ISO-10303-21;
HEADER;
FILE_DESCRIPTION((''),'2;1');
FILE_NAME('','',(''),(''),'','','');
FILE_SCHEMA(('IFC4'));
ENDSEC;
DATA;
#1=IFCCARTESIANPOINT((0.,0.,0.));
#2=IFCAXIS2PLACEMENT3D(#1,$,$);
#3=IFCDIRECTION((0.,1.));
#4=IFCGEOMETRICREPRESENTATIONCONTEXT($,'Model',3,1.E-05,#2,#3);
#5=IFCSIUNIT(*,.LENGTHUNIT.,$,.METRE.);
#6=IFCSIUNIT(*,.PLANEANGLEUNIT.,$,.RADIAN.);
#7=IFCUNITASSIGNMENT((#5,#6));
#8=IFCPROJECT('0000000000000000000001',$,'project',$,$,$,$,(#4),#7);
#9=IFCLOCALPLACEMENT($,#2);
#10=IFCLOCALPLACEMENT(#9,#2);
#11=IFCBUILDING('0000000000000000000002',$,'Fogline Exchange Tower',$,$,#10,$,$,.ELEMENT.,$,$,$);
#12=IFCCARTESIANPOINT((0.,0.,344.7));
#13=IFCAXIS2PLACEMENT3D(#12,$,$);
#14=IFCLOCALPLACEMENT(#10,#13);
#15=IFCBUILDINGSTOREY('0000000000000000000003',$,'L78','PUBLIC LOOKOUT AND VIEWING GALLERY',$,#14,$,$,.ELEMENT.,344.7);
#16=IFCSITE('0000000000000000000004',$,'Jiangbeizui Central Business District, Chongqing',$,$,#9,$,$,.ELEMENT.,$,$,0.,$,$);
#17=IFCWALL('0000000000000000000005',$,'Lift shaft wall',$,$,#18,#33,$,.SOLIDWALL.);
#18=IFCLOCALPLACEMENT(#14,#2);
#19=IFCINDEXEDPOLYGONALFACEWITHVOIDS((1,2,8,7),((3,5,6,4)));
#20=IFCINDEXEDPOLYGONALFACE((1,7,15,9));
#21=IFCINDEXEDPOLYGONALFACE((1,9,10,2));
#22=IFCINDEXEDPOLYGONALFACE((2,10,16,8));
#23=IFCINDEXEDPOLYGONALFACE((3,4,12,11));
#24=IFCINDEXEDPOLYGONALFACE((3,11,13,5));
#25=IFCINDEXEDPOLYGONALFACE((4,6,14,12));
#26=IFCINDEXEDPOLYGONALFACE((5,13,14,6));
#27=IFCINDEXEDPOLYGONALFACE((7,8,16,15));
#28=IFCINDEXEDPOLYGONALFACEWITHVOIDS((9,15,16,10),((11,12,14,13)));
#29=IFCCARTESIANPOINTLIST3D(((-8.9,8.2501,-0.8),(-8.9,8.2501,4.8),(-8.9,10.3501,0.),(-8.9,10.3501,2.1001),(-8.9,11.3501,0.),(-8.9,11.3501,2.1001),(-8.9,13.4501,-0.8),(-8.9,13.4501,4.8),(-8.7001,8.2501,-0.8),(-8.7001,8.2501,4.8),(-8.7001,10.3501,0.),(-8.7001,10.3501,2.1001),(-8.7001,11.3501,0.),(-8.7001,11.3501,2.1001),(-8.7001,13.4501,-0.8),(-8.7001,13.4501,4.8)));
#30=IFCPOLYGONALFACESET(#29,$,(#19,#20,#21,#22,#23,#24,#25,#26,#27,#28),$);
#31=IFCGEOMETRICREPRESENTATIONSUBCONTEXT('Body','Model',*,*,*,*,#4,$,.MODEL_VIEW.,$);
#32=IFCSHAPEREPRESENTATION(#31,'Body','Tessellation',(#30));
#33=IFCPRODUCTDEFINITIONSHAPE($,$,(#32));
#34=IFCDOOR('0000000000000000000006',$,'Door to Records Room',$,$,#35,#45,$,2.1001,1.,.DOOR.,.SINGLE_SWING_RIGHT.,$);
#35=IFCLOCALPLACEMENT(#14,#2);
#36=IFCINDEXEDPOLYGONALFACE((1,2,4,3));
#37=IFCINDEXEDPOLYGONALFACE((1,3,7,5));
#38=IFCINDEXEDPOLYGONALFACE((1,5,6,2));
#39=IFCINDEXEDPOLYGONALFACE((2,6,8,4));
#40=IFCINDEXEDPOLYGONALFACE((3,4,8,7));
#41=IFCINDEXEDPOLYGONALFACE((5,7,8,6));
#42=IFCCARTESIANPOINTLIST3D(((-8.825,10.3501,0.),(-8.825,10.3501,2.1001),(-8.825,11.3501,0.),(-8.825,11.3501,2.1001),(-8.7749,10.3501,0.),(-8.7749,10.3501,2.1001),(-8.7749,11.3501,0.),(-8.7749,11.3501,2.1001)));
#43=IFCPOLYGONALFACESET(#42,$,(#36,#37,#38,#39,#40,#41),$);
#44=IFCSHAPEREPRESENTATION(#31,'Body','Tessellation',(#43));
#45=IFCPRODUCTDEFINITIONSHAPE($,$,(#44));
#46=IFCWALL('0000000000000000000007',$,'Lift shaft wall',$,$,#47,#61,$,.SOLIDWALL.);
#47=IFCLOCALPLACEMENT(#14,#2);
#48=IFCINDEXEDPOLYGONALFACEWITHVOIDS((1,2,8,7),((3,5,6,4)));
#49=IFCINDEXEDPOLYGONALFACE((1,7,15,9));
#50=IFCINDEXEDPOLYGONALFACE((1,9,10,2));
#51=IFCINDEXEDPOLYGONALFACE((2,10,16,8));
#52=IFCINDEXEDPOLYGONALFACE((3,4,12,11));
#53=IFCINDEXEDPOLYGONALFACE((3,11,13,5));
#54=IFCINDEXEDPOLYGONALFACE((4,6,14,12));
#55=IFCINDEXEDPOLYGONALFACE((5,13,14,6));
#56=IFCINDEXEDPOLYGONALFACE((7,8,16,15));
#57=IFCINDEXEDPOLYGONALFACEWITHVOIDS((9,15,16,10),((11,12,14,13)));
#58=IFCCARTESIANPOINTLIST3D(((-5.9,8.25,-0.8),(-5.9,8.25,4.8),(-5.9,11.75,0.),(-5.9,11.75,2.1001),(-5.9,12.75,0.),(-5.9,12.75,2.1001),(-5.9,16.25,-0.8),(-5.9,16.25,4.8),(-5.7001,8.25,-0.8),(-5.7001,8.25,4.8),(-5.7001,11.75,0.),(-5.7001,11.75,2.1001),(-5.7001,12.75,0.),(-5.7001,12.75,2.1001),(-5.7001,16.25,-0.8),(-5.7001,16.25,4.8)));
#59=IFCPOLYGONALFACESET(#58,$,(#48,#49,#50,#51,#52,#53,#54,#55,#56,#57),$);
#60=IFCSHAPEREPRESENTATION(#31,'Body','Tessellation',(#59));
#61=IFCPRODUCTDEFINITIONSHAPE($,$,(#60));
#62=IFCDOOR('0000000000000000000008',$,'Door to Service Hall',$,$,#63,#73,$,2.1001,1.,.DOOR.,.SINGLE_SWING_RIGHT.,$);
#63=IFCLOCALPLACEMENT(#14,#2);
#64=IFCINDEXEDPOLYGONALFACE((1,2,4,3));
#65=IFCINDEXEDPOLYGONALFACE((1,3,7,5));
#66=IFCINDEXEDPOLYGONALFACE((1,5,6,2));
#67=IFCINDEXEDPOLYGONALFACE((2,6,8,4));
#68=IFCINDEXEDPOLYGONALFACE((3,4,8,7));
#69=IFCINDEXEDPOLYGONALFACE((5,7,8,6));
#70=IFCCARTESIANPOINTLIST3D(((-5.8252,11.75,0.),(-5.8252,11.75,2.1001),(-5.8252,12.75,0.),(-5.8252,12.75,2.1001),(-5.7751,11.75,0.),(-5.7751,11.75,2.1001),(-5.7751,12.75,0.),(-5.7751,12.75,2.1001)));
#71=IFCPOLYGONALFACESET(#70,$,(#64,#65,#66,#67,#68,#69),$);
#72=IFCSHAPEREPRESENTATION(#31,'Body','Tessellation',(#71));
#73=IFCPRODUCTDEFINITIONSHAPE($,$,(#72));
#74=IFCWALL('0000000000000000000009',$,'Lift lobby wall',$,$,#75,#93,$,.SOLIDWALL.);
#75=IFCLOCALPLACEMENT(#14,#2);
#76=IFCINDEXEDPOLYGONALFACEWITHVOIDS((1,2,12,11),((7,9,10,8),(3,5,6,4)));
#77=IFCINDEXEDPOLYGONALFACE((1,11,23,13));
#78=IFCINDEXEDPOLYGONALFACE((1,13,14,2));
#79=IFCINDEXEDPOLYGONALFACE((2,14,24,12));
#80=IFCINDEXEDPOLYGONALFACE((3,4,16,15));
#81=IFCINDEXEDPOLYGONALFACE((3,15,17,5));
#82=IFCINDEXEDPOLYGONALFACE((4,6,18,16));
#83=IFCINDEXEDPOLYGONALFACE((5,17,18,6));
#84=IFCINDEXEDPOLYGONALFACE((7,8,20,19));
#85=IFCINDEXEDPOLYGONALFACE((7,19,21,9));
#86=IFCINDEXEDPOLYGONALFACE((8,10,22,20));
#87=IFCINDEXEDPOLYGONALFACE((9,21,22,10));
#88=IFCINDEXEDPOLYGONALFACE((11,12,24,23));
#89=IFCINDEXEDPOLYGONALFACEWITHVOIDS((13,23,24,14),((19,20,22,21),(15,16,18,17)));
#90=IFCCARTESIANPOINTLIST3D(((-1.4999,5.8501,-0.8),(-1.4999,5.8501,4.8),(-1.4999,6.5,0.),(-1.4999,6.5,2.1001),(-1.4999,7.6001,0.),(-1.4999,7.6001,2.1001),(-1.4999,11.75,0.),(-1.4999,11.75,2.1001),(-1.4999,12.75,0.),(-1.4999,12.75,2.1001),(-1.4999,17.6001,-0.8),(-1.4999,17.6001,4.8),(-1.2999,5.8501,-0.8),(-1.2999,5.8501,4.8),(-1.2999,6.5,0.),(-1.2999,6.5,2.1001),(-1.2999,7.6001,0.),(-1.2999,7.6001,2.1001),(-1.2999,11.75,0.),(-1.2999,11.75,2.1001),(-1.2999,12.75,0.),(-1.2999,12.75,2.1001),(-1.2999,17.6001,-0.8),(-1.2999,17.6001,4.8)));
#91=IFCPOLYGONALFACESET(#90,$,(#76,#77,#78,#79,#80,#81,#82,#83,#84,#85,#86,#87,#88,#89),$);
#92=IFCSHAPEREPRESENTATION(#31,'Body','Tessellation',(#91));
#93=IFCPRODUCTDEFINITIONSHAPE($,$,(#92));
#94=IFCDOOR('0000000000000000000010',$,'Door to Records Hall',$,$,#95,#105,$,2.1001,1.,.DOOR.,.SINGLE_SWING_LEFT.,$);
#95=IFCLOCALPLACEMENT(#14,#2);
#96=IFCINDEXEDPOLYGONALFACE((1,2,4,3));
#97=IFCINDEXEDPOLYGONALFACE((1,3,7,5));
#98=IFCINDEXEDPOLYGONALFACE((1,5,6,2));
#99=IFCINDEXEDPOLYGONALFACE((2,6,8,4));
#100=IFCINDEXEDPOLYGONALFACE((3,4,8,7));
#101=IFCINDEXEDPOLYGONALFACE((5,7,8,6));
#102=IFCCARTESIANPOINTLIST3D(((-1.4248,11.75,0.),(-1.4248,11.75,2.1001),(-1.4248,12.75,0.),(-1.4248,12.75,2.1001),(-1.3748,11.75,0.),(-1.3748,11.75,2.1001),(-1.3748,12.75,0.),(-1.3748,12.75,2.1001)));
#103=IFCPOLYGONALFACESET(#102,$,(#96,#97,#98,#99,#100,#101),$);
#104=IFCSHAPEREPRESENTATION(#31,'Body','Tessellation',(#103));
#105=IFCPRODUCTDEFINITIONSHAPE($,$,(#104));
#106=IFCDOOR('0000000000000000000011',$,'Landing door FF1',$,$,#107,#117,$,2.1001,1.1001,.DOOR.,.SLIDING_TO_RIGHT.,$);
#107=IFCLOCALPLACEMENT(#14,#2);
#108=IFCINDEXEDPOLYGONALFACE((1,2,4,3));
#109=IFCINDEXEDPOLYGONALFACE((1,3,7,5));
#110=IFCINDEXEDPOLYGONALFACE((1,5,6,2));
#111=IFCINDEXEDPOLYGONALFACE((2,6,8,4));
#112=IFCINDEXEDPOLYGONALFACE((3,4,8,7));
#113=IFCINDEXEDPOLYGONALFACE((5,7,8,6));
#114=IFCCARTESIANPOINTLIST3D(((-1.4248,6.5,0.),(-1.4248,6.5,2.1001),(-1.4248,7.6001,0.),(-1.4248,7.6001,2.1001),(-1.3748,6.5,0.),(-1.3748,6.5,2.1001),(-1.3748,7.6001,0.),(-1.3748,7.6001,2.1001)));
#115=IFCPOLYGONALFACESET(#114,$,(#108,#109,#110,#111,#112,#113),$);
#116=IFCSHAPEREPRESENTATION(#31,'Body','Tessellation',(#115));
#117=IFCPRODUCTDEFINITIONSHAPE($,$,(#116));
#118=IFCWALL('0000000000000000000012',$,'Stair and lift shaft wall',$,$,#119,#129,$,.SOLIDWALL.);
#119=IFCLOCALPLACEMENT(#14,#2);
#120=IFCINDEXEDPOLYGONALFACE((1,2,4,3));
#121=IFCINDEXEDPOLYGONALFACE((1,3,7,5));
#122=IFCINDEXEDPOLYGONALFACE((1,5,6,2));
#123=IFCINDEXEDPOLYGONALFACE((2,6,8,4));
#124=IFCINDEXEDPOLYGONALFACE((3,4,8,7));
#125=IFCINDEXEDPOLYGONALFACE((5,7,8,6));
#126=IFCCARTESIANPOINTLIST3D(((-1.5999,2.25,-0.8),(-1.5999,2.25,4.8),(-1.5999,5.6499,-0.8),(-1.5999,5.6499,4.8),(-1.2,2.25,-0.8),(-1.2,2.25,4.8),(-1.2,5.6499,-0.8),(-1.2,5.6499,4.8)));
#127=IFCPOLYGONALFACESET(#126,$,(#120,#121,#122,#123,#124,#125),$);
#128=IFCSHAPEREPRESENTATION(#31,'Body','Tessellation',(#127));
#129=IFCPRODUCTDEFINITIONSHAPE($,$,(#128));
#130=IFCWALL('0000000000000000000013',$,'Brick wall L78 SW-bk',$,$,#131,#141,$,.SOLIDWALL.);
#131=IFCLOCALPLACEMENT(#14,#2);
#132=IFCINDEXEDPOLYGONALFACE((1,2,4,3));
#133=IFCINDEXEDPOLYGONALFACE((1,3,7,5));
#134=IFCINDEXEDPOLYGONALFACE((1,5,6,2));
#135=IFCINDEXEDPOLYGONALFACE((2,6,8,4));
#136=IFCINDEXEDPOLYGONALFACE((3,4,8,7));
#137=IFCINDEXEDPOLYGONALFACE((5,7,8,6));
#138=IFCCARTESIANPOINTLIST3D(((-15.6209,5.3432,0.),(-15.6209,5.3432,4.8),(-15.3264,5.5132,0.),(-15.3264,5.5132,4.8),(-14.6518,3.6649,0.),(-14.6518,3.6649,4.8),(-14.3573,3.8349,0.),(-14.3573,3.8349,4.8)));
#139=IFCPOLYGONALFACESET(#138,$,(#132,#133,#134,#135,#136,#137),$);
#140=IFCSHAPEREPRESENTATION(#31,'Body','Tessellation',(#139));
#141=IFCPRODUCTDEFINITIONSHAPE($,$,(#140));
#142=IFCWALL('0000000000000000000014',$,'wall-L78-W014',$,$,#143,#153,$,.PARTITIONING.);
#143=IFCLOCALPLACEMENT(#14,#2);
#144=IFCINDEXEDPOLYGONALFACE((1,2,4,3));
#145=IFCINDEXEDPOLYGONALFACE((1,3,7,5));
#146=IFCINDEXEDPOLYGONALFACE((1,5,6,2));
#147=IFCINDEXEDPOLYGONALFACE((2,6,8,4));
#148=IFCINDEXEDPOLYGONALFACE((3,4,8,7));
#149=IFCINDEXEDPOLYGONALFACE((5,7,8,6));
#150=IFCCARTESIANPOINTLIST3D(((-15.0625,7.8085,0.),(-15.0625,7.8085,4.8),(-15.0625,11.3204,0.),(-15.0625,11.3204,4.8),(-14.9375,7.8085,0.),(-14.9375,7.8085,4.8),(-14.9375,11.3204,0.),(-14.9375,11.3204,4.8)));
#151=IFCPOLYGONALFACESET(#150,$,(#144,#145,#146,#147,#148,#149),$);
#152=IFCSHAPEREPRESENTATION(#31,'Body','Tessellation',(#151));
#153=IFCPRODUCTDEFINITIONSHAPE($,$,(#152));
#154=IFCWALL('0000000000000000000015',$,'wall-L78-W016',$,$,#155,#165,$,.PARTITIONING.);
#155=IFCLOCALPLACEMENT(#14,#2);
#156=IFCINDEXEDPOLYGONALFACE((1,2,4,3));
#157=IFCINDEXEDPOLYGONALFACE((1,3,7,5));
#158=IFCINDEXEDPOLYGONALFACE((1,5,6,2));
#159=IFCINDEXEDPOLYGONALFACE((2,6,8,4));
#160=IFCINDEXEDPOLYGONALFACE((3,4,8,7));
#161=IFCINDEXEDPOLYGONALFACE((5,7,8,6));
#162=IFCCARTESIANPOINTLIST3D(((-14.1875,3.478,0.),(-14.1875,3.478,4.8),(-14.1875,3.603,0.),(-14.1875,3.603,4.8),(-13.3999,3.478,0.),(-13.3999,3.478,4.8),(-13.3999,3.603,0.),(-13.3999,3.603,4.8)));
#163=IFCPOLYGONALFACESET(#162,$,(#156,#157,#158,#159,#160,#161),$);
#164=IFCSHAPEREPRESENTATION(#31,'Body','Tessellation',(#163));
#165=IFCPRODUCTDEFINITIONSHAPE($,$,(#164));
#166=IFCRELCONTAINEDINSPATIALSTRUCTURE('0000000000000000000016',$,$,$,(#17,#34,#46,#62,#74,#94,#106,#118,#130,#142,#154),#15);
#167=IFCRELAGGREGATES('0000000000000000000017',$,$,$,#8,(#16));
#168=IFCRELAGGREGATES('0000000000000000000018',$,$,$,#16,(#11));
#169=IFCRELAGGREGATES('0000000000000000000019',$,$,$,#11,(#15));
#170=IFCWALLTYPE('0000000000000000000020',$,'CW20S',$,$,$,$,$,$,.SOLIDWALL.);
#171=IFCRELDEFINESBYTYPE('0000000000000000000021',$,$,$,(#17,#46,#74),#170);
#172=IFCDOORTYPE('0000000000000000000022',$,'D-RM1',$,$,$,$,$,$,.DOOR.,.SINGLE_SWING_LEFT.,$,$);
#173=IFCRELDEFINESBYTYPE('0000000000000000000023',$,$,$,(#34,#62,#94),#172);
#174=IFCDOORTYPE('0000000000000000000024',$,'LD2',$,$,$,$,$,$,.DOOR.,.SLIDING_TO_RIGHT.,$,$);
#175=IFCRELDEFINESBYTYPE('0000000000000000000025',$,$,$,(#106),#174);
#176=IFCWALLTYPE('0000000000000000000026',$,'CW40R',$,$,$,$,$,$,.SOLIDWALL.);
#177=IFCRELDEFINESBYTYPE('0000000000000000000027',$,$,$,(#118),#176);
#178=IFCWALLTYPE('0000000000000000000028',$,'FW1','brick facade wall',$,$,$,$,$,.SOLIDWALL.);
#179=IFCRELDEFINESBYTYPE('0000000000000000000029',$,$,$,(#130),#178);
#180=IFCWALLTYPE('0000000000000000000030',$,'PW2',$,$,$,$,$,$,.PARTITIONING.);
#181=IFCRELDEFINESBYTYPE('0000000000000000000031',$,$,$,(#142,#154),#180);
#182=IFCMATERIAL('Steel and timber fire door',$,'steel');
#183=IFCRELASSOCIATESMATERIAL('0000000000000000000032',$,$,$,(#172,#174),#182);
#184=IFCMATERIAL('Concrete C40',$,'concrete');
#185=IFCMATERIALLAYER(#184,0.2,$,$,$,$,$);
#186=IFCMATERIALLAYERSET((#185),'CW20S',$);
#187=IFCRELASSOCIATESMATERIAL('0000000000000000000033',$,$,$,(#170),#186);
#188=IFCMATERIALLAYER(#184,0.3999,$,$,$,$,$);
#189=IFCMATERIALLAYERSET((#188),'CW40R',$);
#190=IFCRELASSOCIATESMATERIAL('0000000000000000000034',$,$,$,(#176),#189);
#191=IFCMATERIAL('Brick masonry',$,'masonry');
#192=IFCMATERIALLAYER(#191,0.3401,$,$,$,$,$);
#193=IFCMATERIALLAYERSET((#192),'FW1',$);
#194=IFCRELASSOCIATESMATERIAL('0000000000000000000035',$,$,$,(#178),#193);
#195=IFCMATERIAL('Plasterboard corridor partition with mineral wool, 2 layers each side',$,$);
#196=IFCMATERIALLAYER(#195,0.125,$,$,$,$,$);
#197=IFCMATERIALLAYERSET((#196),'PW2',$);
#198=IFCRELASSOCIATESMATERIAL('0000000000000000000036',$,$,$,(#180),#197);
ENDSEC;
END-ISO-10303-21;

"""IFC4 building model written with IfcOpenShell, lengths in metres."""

from ifc_helpers import new_model, si_unit, direction, frame, frame_2d, origin, place, context, subcontext, project, spatial, rectangle, extrude, material, layer, layer_set, type_object, element, fill, save


model = new_model("IFC4")

# Units and contexts
model_context = context("Model", 3, precision=1e-05, world=origin(), true_north=direction((0.0, 1.0)))
body_context = subcontext(model_context, "Body", "Model", "MODEL_VIEW")
ifc_project = project(units=[si_unit("LENGTHUNIT", "METRE"), si_unit("PLANEANGLEUNIT", "RADIAN")], contexts=[model_context])

# Site, building, storey
site_placement = place(None, origin())
site = spatial("IfcSite", under=ifc_project, at=site_placement, Name="Jiangbeizui Central Business District, Chongqing", CompositionType="ELEMENT", RefElevation=0.0)
building_placement = place(site_placement, origin())
building = spatial("IfcBuilding", under=site, at=building_placement, Name="Fogline Exchange Tower", CompositionType="ELEMENT")
storey_placement = place(building_placement, frame((0.0, 0.0, 344.7)))
storey = spatial("IfcBuildingStorey", under=building, at=storey_placement, Name="L78", Description="PUBLIC LOOKOUT AND VIEWING GALLERY", CompositionType="ELEMENT", Elevation=344.7)

# Shared definitions
ifc_material_1 = material(Name="Steel and timber fire door", Category="steel")

# Shared definitions
ifc_material_2 = material(Name="Concrete C40", Category="concrete")

# Walls, openings, doors
door_type_1 = type_object("IfcDoorType", Name="D-RM1", OperationType="SINGLE_SWING_LEFT", PredefinedType="DOOR", material=ifc_material_1)
ifc_layer_1 = layer(ifc_material_2, 0.2)
ifc_layer_set_1 = layer_set([ifc_layer_1], Name="CW20S")
wall_type_1 = type_object("IfcWallType", Name="CW20S", PredefinedType="SOLIDWALL", material=ifc_layer_set_1)
wall_1_placement = place(storey_placement, frame((-8.8, 8.25, -0.8), z_axis=(0.0, 0.0, 1.0), x_axis=(0.0, 1.0, 0.0)))
wall_1 = element("IfcWall", 1, at=wall_1_placement, inside=storey, type_object=wall_type_1, Name="Lift shaft wall", PredefinedType="SOLIDWALL", context=body_context, shape_type="SweptSolid", body=[
    extrude(rectangle(XDim=5.2, YDim=0.2, at=frame_2d((2.6001, 0.0))), origin(), (0.0, 0.0, 1.0), 5.6001),
])
opening_1_placement = place(wall_1_placement, frame((2.1001, 0.0, 0.8)))
opening_1 = element("IfcOpeningElement", 2, at=opening_1_placement, cuts=wall_1, PredefinedType="OPENING", context=body_context, shape_type="SweptSolid", body=[
    extrude(rectangle(XDim=1.0, YDim=2.1001, at=frame_2d((0.5, 1.05))), frame((0.0, 0.1099, 0.0), z_axis=(0.0, -1.0, 0.0), x_axis=(1.0, 0.0, 0.0)), (0.0, 0.0, 1.0), 0.22),
])
door_1_placement = place(opening_1_placement, origin())
door_1 = element("IfcDoor", 3, at=door_1_placement, inside=storey, type_object=door_type_1, Name="Door to Records Room", OperationType="SINGLE_SWING_RIGHT", OverallHeight=2.1001, OverallWidth=1.0, PredefinedType="DOOR", context=body_context, shape_type="SweptSolid", body=[
    extrude(rectangle(XDim=1.0, YDim=2.1001, at=frame_2d((0.5, 1.05))), frame((0.0, 0.0249, 0.0), z_axis=(0.0, -1.0, 0.0), x_axis=(1.0, 0.0, 0.0)), (0.0, 0.0, 1.0), 0.05),
])
fill(opening_1, door_1)
wall_2_placement = place(storey_placement, frame((-5.8, 8.25, -0.8), z_axis=(0.0, 0.0, 1.0), x_axis=(0.0, 1.0, 0.0)))
wall_2 = element("IfcWall", 4, at=wall_2_placement, inside=storey, type_object=wall_type_1, Name="Lift shaft wall", PredefinedType="SOLIDWALL", context=body_context, shape_type="SweptSolid", body=[
    extrude(rectangle(XDim=8.0, YDim=0.2, at=frame_2d((4.0, 0.0))), origin(), (0.0, 0.0, 1.0), 5.6001),
])
opening_2_placement = place(wall_2_placement, frame((3.5, 0.0, 0.8)))
opening_2 = element("IfcOpeningElement", 5, at=opening_2_placement, cuts=wall_2, PredefinedType="OPENING", context=body_context, shape_type="SweptSolid", body=[
    extrude(rectangle(XDim=1.0, YDim=2.1001, at=frame_2d((0.5, 1.05))), frame((0.0, 0.1099, 0.0), z_axis=(0.0, -1.0, 0.0), x_axis=(1.0, 0.0, 0.0)), (0.0, 0.0, 1.0), 0.22),
])
door_2_placement = place(opening_2_placement, frame((1.0, 0.0, 0.0), z_axis=(0.0, 0.0, 1.0), x_axis=(-1.0, 0.0, 0.0)))
door_2 = element("IfcDoor", 6, at=door_2_placement, inside=storey, type_object=door_type_1, Name="Door to Service Hall", OperationType="SINGLE_SWING_RIGHT", OverallHeight=2.1001, OverallWidth=1.0, PredefinedType="DOOR", context=body_context, shape_type="SweptSolid", body=[
    extrude(rectangle(XDim=1.0, YDim=2.1001, at=frame_2d((0.5, 1.05))), frame((0.0, 0.0249, 0.0), z_axis=(0.0, -1.0, 0.0), x_axis=(1.0, 0.0, 0.0)), (0.0, 0.0, 1.0), 0.05),
])
fill(opening_2, door_2)

# Wall, openings, doors
wall_3_placement = place(storey_placement, frame((-1.3999, 5.8501, -0.8), z_axis=(0.0, 0.0, 1.0), x_axis=(0.0, 1.0, 0.0)))
wall_3 = element("IfcWall", 7, at=wall_3_placement, inside=storey, type_object=wall_type_1, Name="Lift lobby wall", PredefinedType="SOLIDWALL", context=body_context, shape_type="SweptSolid", body=[
    extrude(rectangle(XDim=11.75, YDim=0.2, at=frame_2d((5.875, 0.0))), origin(), (0.0, 0.0, 1.0), 5.6001),
])
opening_3_placement = place(wall_3_placement, frame((0.6499, 0.0, 0.8)))
opening_3 = element("IfcOpeningElement", 8, at=opening_3_placement, cuts=wall_3, PredefinedType="OPENING", context=body_context, shape_type="SweptSolid", body=[
    extrude(rectangle(XDim=1.1001, YDim=2.1001, at=frame_2d((0.55, 1.05))), frame((0.0, 0.1099, 0.0), z_axis=(0.0, -1.0, 0.0), x_axis=(1.0, 0.0, 0.0)), (0.0, 0.0, 1.0), 0.22),
])
opening_4_placement = place(wall_3_placement, frame((5.8999, 0.0, 0.8)))
opening_4 = element("IfcOpeningElement", 9, at=opening_4_placement, cuts=wall_3, PredefinedType="OPENING", context=body_context, shape_type="SweptSolid", body=[
    extrude(rectangle(XDim=1.0, YDim=2.1001, at=frame_2d((0.5, 1.05))), frame((0.0, 0.1099, 0.0), z_axis=(0.0, -1.0, 0.0), x_axis=(1.0, 0.0, 0.0)), (0.0, 0.0, 1.0), 0.22),
])
door_3_placement = place(opening_4_placement, origin())
door_3 = element("IfcDoor", 10, at=door_3_placement, inside=storey, type_object=door_type_1, Name="Door to Records Hall", OperationType="SINGLE_SWING_LEFT", OverallHeight=2.1001, OverallWidth=1.0, PredefinedType="DOOR", context=body_context, shape_type="SweptSolid", body=[
    extrude(rectangle(XDim=1.0, YDim=2.1001, at=frame_2d((0.5, 1.05))), frame((0.0, 0.0249, 0.0), z_axis=(0.0, -1.0, 0.0), x_axis=(1.0, 0.0, 0.0)), (0.0, 0.0, 1.0), 0.05),
])
fill(opening_4, door_3)
door_type_2 = type_object("IfcDoorType", Name="LD2", OperationType="SLIDING_TO_RIGHT", PredefinedType="DOOR", material=ifc_material_1)
door_4_placement = place(opening_3_placement, origin())
door_4 = element("IfcDoor", 11, at=door_4_placement, inside=storey, type_object=door_type_2, Name="Landing door FF1", OperationType="SLIDING_TO_RIGHT", OverallHeight=2.1001, OverallWidth=1.1001, PredefinedType="DOOR", context=body_context, shape_type="SweptSolid", body=[
    extrude(rectangle(XDim=1.1001, YDim=2.1001, at=frame_2d((0.55, 1.05))), frame((0.0, 0.0249, 0.0), z_axis=(0.0, -1.0, 0.0), x_axis=(1.0, 0.0, 0.0)), (0.0, 0.0, 1.0), 0.05),
])
fill(opening_3, door_4)

# Walls
ifc_layer_2 = layer(ifc_material_2, 0.3999)
ifc_layer_set_2 = layer_set([ifc_layer_2], Name="CW40R")
wall_type_2 = type_object("IfcWallType", Name="CW40R", PredefinedType="SOLIDWALL", material=ifc_layer_set_2)
wall_4_placement = place(storey_placement, frame((-1.3999, 2.25, -0.8), z_axis=(0.0, 0.0, 1.0), x_axis=(0.0, 1.0, 0.0)))
element("IfcWall", 12, at=wall_4_placement, inside=storey, type_object=wall_type_2, Name="Stair and lift shaft wall", PredefinedType="SOLIDWALL", context=body_context, shape_type="SweptSolid", body=[
    extrude(rectangle(XDim=3.3999, YDim=0.3999, at=frame_2d((1.7, 0.0))), origin(), (0.0, 0.0, 1.0), 5.6001),
])
ifc_material_3 = material(Name="Brick masonry", Category="masonry")
ifc_layer_3 = layer(ifc_material_3, 0.3401)
ifc_layer_set_3 = layer_set([ifc_layer_3], Name="FW1")
wall_type_3 = type_object("IfcWallType", Name="FW1", Description="brick facade wall", PredefinedType="SOLIDWALL", material=ifc_layer_set_3)
wall_5_placement = place(storey_placement, frame((-15.4736, 5.4282, 0.0), z_axis=(0.0, 0.0, 1.0), x_axis=(0.500028, -0.866009, 0.0)))
element("IfcWall", 13, at=wall_5_placement, inside=storey, type_object=wall_type_3, Name="Brick wall L78 SW-bk", PredefinedType="SOLIDWALL", context=body_context, shape_type="SweptSolid", body=[
    extrude(rectangle(XDim=1.938, YDim=0.3401, at=frame_2d((0.969, 0.0))), origin(), (0.0, 0.0, 1.0), 4.8),
])
ifc_material_4 = material(Name="Plasterboard corridor partition with mineral wool, 2 layers each side")
ifc_layer_4 = layer(ifc_material_4, 0.125)
ifc_layer_set_4 = layer_set([ifc_layer_4], Name="PW2")
wall_type_4 = type_object("IfcWallType", Name="PW2", PredefinedType="PARTITIONING", material=ifc_layer_set_4)
wall_6_placement = place(storey_placement, frame((-15.0, 7.8086, 0.0), z_axis=(0.0, 0.0, 1.0), x_axis=(0.0, 1.0, 0.0)))
element("IfcWall", 14, at=wall_6_placement, inside=storey, type_object=wall_type_4, Name="wall-L78-W014", PredefinedType="PARTITIONING", context=body_context, shape_type="SweptSolid", body=[
    extrude(rectangle(XDim=3.512, YDim=0.125, at=frame_2d((1.7559, 0.0))), origin(), (0.0, 0.0, 1.0), 4.8),
])
wall_7_placement = place(storey_placement, frame((-13.3999, 3.5405, 0.0), z_axis=(0.0, 0.0, 1.0), x_axis=(-1.0, 0.0, 0.0)))
element("IfcWall", 15, at=wall_7_placement, inside=storey, type_object=wall_type_4, Name="wall-L78-W016", PredefinedType="PARTITIONING", context=body_context, shape_type="SweptSolid", body=[
    extrude(rectangle(XDim=0.7876, YDim=0.125, at=frame_2d((0.3938, 0.0))), origin(), (0.0, 0.0, 1.0), 4.8),
])

save(model, "model.ifc")
